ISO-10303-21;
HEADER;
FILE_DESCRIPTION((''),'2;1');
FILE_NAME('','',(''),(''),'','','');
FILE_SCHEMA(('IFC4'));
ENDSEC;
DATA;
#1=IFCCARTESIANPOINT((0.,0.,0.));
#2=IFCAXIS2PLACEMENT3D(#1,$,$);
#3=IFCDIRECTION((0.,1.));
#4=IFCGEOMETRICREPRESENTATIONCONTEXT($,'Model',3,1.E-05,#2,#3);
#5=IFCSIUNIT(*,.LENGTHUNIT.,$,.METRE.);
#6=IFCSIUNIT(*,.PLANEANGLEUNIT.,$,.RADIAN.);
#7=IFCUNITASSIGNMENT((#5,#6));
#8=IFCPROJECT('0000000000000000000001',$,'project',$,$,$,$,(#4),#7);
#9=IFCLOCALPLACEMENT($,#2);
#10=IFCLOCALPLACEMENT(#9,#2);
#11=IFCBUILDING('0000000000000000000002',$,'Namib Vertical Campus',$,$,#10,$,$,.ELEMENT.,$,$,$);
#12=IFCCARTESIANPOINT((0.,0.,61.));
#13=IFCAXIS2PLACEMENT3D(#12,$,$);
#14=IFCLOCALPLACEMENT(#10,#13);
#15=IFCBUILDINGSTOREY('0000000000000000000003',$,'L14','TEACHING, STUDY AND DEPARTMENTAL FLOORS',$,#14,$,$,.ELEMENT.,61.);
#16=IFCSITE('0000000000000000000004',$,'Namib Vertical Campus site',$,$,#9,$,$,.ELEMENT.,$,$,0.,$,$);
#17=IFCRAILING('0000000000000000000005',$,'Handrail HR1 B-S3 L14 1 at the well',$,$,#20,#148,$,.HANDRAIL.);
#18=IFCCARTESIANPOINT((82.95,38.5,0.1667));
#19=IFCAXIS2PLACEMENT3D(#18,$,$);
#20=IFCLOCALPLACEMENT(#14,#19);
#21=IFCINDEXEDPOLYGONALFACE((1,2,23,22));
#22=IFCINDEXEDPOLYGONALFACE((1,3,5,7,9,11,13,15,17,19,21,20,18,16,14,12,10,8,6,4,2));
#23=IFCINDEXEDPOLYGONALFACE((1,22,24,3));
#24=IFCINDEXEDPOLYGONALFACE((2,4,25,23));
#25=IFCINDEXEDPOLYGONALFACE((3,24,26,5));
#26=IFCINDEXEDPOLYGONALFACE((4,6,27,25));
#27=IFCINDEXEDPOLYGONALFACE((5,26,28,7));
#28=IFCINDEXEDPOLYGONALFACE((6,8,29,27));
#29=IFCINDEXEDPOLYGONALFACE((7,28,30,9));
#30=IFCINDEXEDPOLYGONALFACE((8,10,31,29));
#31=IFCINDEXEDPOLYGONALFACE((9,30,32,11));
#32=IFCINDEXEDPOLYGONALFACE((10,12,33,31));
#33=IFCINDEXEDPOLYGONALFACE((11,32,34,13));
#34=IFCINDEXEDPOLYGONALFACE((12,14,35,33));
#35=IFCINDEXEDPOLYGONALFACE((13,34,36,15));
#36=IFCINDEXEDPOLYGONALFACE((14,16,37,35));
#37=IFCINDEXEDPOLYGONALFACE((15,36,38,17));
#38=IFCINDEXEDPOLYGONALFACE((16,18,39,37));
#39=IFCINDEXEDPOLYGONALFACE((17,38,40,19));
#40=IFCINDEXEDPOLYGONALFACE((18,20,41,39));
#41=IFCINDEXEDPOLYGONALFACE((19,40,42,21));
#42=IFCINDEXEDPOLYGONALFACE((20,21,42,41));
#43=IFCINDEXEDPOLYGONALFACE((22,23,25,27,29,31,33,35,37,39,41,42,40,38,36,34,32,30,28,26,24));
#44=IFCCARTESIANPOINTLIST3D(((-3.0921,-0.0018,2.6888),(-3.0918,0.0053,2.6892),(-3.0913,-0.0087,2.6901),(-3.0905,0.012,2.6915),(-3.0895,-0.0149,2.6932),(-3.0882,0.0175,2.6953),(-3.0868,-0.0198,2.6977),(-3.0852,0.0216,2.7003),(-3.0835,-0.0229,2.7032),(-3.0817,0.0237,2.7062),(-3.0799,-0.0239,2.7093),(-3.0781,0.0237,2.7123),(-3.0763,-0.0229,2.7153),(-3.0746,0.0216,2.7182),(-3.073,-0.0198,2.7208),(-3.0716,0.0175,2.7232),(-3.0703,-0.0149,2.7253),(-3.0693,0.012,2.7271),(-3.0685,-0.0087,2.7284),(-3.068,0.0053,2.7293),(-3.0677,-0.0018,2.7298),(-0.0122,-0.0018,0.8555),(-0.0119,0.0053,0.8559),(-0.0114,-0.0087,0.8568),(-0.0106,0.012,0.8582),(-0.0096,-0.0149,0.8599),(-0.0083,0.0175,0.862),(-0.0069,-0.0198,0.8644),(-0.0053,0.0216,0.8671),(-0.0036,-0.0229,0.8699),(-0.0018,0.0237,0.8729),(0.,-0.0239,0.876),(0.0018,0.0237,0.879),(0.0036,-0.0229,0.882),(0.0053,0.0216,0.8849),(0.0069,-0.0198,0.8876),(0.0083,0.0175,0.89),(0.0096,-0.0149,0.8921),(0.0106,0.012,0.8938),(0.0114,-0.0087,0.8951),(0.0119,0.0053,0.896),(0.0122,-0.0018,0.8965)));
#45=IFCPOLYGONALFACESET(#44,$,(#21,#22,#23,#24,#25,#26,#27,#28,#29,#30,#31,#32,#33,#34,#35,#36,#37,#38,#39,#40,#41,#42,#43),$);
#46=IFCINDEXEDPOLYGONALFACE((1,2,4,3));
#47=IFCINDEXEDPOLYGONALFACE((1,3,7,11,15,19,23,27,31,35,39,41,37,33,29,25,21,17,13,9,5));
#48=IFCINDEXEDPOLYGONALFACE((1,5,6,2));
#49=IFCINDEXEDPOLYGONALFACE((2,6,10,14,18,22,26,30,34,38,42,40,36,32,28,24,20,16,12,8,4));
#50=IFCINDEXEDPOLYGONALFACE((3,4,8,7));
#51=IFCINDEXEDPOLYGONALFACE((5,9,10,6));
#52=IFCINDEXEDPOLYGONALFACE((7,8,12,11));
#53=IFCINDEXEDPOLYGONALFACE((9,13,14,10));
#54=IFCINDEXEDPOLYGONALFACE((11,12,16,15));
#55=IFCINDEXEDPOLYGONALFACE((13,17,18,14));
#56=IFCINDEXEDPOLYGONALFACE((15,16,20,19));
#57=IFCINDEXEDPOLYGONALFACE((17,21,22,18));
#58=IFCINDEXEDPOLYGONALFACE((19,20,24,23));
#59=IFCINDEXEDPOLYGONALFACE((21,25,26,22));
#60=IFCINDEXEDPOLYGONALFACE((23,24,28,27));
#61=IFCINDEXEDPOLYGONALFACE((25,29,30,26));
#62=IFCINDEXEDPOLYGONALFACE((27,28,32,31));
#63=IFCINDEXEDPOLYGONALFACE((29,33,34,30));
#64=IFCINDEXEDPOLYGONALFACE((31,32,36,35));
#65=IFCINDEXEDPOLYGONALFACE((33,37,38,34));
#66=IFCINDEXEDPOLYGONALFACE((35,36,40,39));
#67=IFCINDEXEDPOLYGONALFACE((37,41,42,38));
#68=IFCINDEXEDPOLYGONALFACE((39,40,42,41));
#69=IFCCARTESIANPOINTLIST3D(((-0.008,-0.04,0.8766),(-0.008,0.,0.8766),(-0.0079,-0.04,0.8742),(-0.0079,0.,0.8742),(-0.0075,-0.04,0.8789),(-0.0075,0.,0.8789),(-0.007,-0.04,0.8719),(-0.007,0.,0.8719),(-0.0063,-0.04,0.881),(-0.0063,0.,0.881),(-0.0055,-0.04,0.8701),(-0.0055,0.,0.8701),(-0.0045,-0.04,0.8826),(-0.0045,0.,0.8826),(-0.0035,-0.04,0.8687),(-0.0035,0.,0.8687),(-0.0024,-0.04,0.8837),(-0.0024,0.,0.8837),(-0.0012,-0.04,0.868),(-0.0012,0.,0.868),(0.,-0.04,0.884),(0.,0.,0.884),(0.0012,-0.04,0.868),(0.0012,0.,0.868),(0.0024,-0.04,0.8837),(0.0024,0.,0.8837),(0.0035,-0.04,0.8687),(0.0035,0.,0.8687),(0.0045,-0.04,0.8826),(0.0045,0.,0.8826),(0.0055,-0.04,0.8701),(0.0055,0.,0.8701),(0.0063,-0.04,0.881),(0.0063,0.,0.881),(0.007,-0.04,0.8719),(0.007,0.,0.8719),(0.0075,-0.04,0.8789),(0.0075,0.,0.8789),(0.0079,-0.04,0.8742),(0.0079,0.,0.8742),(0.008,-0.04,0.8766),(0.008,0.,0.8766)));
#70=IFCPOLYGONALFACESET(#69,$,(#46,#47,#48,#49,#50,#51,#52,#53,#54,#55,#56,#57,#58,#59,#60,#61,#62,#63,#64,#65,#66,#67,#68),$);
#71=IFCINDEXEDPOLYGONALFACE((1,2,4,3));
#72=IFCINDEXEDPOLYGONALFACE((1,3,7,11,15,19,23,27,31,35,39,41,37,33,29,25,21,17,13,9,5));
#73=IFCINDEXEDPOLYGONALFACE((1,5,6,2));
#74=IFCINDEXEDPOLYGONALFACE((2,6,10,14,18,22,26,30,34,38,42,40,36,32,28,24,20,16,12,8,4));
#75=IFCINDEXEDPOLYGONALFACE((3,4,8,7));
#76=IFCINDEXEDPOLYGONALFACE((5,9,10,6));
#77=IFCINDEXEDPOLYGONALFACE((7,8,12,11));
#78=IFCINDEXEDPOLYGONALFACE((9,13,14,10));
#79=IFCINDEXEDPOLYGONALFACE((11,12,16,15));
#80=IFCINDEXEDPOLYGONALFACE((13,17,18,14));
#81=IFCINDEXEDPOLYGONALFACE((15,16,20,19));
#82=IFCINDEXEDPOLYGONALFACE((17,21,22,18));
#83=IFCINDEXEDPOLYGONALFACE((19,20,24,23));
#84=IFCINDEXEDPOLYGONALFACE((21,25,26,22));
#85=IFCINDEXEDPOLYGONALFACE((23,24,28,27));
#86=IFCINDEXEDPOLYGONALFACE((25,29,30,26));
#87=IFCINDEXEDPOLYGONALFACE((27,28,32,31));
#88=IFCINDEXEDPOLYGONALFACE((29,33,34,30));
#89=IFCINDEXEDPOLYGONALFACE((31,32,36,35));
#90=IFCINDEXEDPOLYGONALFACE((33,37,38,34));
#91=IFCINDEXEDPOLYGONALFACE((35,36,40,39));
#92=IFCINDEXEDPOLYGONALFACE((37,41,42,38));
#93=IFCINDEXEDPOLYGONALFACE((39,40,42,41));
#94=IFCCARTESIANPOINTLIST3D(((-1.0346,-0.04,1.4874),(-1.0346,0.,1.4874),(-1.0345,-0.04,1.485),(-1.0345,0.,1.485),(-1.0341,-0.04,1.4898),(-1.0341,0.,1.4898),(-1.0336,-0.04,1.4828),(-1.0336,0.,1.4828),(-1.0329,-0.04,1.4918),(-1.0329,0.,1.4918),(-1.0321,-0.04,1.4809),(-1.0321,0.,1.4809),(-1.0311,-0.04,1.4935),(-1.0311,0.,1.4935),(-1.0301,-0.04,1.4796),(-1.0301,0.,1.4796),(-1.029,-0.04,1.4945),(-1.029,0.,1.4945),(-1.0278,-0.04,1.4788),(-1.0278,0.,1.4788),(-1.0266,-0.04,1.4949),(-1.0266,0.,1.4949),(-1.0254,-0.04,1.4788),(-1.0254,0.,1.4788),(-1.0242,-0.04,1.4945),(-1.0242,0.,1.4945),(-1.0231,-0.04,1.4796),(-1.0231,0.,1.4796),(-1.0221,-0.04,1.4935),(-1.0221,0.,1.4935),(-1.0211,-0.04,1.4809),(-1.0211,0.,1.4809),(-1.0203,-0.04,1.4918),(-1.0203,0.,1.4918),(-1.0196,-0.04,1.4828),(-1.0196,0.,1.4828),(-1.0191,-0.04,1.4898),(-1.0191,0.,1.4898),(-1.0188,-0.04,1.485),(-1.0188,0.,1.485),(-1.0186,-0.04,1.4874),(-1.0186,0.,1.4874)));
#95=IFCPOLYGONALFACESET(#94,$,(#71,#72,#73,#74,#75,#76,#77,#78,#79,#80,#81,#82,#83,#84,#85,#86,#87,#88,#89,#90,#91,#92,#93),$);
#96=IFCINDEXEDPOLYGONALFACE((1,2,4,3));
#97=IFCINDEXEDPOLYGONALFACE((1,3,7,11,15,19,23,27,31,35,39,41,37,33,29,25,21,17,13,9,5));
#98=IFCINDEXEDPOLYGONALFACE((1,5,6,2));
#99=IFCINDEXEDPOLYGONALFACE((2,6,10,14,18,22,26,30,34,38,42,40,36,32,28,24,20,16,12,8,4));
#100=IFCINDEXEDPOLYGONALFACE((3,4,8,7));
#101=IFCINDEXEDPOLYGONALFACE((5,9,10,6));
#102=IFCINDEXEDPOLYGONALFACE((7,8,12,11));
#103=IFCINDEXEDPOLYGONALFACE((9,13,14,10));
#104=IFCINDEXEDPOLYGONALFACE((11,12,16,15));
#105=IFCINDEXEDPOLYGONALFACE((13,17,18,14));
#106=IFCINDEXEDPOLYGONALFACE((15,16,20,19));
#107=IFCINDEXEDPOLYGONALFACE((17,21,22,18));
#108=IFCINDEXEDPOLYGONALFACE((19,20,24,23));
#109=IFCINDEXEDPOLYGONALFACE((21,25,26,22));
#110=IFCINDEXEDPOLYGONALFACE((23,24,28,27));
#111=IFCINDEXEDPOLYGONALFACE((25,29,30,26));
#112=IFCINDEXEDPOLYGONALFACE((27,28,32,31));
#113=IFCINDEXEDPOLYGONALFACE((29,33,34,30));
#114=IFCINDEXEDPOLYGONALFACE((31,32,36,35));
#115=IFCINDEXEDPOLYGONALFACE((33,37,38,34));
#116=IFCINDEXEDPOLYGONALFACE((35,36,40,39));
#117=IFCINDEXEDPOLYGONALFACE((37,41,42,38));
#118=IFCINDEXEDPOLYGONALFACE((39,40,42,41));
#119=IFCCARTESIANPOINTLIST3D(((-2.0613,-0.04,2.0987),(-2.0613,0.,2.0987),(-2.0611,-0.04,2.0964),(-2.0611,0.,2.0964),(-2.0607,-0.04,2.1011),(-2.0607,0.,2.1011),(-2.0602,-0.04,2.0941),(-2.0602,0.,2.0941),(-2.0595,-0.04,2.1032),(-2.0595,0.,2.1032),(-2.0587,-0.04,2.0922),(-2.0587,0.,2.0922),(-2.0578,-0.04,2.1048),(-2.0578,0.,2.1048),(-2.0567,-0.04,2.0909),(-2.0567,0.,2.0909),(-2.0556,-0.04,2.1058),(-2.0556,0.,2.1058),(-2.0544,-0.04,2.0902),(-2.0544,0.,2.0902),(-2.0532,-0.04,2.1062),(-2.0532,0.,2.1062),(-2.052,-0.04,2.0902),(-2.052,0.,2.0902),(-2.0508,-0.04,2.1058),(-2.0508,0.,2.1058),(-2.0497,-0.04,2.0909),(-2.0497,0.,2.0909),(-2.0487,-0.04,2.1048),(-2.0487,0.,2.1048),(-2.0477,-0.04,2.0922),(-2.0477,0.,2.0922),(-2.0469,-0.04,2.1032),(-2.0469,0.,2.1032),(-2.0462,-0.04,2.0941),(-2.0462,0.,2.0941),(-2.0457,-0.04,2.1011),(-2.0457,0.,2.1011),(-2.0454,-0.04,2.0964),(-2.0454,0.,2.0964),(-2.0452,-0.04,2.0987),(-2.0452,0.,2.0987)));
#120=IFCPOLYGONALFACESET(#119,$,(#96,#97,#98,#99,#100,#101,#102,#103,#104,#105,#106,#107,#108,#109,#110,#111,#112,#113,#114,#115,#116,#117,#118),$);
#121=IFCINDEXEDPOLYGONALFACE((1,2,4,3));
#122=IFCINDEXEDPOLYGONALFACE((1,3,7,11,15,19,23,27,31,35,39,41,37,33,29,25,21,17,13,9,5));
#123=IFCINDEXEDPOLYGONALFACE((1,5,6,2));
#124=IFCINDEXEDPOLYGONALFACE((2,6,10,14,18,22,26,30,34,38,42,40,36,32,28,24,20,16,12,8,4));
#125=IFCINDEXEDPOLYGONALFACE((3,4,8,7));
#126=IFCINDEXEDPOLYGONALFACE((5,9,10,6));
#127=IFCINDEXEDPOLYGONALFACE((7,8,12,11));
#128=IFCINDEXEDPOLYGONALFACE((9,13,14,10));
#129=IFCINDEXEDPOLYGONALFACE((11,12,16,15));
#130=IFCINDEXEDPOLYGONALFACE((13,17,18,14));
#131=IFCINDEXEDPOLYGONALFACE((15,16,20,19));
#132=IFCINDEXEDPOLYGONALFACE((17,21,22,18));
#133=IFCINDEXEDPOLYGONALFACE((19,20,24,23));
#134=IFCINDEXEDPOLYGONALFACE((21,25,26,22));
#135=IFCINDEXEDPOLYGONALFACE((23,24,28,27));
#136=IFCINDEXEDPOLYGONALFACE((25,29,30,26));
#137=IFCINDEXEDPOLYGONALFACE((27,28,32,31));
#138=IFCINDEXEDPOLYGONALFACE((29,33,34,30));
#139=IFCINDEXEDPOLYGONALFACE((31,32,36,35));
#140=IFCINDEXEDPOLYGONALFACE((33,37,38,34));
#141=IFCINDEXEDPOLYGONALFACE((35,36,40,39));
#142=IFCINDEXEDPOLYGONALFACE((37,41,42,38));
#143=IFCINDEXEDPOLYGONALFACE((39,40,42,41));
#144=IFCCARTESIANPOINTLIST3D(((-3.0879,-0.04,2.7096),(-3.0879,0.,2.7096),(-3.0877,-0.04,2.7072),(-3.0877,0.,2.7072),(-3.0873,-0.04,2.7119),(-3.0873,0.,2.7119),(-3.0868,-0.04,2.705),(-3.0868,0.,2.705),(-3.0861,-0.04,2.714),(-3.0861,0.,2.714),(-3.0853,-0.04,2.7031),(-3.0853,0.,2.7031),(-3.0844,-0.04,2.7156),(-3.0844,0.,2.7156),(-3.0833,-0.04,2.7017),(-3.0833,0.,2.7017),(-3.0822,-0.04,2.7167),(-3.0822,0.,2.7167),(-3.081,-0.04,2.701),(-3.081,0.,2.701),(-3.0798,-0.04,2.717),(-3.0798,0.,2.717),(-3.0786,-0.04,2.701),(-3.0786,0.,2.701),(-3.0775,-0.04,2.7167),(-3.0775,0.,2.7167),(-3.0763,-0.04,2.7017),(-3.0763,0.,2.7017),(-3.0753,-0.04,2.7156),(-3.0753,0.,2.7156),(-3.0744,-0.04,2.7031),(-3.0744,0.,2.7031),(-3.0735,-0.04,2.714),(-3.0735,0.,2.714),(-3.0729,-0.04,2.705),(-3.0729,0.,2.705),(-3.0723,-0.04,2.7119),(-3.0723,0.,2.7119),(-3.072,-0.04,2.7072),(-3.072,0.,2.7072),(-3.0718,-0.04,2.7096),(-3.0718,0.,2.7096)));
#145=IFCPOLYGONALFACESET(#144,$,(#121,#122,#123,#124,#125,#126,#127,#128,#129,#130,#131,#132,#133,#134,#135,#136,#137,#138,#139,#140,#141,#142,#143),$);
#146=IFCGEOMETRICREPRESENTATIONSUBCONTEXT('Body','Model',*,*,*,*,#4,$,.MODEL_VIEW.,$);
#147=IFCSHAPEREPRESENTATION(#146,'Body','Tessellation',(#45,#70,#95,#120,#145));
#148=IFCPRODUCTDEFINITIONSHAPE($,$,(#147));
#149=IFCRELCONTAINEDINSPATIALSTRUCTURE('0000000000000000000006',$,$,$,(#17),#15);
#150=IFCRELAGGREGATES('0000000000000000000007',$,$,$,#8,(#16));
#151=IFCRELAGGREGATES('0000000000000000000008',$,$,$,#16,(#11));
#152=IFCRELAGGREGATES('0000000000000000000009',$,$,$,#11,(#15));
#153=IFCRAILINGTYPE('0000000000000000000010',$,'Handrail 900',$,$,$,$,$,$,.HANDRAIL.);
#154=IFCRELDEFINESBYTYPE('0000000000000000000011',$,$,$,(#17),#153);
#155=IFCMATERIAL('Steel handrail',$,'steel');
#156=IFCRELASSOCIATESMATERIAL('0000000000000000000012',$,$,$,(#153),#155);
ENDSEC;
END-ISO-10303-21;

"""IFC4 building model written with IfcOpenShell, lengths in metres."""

from ifc_helpers import new_model, si_unit, direction, frame, origin, origin_2d, place, context, subcontext, project, spatial, circle, extrude, material, type_object, element, save


model = new_model("IFC4")

# Units and contexts
model_context = context("Model", 3, precision=1e-05, world=origin(), true_north=direction((0.0, 1.0)))
body_context = subcontext(model_context, "Body", "Model", "MODEL_VIEW")
ifc_project = project(units=[si_unit("LENGTHUNIT", "METRE"), si_unit("PLANEANGLEUNIT", "RADIAN")], contexts=[model_context])

# Site, building, storey
site_placement = place(None, origin())
site = spatial("IfcSite", under=ifc_project, at=site_placement, Name="Namib Vertical Campus site", CompositionType="ELEMENT", RefElevation=0.0)
building_placement = place(site_placement, origin())
building = spatial("IfcBuilding", under=site, at=building_placement, Name="Namib Vertical Campus", CompositionType="ELEMENT")
storey_placement = place(building_placement, frame((0.0, 0.0, 61.0)))
storey = spatial("IfcBuildingStorey", under=building, at=storey_placement, Name="L14", Description="TEACHING, STUDY AND DEPARTMENTAL FLOORS", CompositionType="ELEMENT", Elevation=61.0)

# Railing
ifc_material_1 = material(Name="Steel handrail", Category="steel")
railing_type_1 = type_object("IfcRailingType", Name="Handrail 900", PredefinedType="HANDRAIL", material=ifc_material_1)
railing_1_placement = place(storey_placement, frame((82.95, 38.5, 0.1667)))
element("IfcRailing", 1, at=railing_1_placement, inside=storey, type_object=railing_type_1, Name="Handrail HR1 B-S3 L14 1 at the well", PredefinedType="HANDRAIL", context=body_context, shape_type="SweptSolid", body=[
    extrude(circle(Radius=0.0239, at=origin_2d()), frame((0.0, 0.0, 0.876), z_axis=(-0.859291, 0.0, 0.511487), x_axis=(0.0, -1.0, 0.0)), (0.0, 0.0, 1.0), 3.5842),
    extrude(circle(Radius=0.0081, at=origin_2d()), frame((0.0, 0.0, 0.876), z_axis=(0.0, -1.0, 0.0), x_axis=(0.0, 0.0, 1.0)), (0.0, 0.0, 1.0), 0.04),
    extrude(circle(Radius=0.0081, at=origin_2d()), frame((-1.0266, 0.0, 1.4868), z_axis=(0.0, -1.0, 0.0), x_axis=(0.0, 0.0, 1.0)), (0.0, 0.0, 1.0), 0.04),
    extrude(circle(Radius=0.0081, at=origin_2d()), frame((-2.0532, 0.0, 2.0981), z_axis=(0.0, -1.0, 0.0), x_axis=(0.0, 0.0, 1.0)), (0.0, 0.0, 1.0), 0.04),
    extrude(circle(Radius=0.0081, at=origin_2d()), frame((-3.0798, 0.0, 2.709), z_axis=(0.0, -1.0, 0.0), x_axis=(0.0, 0.0, 1.0)), (0.0, 0.0, 1.0), 0.04),
])

save(model, "model.ifc")
